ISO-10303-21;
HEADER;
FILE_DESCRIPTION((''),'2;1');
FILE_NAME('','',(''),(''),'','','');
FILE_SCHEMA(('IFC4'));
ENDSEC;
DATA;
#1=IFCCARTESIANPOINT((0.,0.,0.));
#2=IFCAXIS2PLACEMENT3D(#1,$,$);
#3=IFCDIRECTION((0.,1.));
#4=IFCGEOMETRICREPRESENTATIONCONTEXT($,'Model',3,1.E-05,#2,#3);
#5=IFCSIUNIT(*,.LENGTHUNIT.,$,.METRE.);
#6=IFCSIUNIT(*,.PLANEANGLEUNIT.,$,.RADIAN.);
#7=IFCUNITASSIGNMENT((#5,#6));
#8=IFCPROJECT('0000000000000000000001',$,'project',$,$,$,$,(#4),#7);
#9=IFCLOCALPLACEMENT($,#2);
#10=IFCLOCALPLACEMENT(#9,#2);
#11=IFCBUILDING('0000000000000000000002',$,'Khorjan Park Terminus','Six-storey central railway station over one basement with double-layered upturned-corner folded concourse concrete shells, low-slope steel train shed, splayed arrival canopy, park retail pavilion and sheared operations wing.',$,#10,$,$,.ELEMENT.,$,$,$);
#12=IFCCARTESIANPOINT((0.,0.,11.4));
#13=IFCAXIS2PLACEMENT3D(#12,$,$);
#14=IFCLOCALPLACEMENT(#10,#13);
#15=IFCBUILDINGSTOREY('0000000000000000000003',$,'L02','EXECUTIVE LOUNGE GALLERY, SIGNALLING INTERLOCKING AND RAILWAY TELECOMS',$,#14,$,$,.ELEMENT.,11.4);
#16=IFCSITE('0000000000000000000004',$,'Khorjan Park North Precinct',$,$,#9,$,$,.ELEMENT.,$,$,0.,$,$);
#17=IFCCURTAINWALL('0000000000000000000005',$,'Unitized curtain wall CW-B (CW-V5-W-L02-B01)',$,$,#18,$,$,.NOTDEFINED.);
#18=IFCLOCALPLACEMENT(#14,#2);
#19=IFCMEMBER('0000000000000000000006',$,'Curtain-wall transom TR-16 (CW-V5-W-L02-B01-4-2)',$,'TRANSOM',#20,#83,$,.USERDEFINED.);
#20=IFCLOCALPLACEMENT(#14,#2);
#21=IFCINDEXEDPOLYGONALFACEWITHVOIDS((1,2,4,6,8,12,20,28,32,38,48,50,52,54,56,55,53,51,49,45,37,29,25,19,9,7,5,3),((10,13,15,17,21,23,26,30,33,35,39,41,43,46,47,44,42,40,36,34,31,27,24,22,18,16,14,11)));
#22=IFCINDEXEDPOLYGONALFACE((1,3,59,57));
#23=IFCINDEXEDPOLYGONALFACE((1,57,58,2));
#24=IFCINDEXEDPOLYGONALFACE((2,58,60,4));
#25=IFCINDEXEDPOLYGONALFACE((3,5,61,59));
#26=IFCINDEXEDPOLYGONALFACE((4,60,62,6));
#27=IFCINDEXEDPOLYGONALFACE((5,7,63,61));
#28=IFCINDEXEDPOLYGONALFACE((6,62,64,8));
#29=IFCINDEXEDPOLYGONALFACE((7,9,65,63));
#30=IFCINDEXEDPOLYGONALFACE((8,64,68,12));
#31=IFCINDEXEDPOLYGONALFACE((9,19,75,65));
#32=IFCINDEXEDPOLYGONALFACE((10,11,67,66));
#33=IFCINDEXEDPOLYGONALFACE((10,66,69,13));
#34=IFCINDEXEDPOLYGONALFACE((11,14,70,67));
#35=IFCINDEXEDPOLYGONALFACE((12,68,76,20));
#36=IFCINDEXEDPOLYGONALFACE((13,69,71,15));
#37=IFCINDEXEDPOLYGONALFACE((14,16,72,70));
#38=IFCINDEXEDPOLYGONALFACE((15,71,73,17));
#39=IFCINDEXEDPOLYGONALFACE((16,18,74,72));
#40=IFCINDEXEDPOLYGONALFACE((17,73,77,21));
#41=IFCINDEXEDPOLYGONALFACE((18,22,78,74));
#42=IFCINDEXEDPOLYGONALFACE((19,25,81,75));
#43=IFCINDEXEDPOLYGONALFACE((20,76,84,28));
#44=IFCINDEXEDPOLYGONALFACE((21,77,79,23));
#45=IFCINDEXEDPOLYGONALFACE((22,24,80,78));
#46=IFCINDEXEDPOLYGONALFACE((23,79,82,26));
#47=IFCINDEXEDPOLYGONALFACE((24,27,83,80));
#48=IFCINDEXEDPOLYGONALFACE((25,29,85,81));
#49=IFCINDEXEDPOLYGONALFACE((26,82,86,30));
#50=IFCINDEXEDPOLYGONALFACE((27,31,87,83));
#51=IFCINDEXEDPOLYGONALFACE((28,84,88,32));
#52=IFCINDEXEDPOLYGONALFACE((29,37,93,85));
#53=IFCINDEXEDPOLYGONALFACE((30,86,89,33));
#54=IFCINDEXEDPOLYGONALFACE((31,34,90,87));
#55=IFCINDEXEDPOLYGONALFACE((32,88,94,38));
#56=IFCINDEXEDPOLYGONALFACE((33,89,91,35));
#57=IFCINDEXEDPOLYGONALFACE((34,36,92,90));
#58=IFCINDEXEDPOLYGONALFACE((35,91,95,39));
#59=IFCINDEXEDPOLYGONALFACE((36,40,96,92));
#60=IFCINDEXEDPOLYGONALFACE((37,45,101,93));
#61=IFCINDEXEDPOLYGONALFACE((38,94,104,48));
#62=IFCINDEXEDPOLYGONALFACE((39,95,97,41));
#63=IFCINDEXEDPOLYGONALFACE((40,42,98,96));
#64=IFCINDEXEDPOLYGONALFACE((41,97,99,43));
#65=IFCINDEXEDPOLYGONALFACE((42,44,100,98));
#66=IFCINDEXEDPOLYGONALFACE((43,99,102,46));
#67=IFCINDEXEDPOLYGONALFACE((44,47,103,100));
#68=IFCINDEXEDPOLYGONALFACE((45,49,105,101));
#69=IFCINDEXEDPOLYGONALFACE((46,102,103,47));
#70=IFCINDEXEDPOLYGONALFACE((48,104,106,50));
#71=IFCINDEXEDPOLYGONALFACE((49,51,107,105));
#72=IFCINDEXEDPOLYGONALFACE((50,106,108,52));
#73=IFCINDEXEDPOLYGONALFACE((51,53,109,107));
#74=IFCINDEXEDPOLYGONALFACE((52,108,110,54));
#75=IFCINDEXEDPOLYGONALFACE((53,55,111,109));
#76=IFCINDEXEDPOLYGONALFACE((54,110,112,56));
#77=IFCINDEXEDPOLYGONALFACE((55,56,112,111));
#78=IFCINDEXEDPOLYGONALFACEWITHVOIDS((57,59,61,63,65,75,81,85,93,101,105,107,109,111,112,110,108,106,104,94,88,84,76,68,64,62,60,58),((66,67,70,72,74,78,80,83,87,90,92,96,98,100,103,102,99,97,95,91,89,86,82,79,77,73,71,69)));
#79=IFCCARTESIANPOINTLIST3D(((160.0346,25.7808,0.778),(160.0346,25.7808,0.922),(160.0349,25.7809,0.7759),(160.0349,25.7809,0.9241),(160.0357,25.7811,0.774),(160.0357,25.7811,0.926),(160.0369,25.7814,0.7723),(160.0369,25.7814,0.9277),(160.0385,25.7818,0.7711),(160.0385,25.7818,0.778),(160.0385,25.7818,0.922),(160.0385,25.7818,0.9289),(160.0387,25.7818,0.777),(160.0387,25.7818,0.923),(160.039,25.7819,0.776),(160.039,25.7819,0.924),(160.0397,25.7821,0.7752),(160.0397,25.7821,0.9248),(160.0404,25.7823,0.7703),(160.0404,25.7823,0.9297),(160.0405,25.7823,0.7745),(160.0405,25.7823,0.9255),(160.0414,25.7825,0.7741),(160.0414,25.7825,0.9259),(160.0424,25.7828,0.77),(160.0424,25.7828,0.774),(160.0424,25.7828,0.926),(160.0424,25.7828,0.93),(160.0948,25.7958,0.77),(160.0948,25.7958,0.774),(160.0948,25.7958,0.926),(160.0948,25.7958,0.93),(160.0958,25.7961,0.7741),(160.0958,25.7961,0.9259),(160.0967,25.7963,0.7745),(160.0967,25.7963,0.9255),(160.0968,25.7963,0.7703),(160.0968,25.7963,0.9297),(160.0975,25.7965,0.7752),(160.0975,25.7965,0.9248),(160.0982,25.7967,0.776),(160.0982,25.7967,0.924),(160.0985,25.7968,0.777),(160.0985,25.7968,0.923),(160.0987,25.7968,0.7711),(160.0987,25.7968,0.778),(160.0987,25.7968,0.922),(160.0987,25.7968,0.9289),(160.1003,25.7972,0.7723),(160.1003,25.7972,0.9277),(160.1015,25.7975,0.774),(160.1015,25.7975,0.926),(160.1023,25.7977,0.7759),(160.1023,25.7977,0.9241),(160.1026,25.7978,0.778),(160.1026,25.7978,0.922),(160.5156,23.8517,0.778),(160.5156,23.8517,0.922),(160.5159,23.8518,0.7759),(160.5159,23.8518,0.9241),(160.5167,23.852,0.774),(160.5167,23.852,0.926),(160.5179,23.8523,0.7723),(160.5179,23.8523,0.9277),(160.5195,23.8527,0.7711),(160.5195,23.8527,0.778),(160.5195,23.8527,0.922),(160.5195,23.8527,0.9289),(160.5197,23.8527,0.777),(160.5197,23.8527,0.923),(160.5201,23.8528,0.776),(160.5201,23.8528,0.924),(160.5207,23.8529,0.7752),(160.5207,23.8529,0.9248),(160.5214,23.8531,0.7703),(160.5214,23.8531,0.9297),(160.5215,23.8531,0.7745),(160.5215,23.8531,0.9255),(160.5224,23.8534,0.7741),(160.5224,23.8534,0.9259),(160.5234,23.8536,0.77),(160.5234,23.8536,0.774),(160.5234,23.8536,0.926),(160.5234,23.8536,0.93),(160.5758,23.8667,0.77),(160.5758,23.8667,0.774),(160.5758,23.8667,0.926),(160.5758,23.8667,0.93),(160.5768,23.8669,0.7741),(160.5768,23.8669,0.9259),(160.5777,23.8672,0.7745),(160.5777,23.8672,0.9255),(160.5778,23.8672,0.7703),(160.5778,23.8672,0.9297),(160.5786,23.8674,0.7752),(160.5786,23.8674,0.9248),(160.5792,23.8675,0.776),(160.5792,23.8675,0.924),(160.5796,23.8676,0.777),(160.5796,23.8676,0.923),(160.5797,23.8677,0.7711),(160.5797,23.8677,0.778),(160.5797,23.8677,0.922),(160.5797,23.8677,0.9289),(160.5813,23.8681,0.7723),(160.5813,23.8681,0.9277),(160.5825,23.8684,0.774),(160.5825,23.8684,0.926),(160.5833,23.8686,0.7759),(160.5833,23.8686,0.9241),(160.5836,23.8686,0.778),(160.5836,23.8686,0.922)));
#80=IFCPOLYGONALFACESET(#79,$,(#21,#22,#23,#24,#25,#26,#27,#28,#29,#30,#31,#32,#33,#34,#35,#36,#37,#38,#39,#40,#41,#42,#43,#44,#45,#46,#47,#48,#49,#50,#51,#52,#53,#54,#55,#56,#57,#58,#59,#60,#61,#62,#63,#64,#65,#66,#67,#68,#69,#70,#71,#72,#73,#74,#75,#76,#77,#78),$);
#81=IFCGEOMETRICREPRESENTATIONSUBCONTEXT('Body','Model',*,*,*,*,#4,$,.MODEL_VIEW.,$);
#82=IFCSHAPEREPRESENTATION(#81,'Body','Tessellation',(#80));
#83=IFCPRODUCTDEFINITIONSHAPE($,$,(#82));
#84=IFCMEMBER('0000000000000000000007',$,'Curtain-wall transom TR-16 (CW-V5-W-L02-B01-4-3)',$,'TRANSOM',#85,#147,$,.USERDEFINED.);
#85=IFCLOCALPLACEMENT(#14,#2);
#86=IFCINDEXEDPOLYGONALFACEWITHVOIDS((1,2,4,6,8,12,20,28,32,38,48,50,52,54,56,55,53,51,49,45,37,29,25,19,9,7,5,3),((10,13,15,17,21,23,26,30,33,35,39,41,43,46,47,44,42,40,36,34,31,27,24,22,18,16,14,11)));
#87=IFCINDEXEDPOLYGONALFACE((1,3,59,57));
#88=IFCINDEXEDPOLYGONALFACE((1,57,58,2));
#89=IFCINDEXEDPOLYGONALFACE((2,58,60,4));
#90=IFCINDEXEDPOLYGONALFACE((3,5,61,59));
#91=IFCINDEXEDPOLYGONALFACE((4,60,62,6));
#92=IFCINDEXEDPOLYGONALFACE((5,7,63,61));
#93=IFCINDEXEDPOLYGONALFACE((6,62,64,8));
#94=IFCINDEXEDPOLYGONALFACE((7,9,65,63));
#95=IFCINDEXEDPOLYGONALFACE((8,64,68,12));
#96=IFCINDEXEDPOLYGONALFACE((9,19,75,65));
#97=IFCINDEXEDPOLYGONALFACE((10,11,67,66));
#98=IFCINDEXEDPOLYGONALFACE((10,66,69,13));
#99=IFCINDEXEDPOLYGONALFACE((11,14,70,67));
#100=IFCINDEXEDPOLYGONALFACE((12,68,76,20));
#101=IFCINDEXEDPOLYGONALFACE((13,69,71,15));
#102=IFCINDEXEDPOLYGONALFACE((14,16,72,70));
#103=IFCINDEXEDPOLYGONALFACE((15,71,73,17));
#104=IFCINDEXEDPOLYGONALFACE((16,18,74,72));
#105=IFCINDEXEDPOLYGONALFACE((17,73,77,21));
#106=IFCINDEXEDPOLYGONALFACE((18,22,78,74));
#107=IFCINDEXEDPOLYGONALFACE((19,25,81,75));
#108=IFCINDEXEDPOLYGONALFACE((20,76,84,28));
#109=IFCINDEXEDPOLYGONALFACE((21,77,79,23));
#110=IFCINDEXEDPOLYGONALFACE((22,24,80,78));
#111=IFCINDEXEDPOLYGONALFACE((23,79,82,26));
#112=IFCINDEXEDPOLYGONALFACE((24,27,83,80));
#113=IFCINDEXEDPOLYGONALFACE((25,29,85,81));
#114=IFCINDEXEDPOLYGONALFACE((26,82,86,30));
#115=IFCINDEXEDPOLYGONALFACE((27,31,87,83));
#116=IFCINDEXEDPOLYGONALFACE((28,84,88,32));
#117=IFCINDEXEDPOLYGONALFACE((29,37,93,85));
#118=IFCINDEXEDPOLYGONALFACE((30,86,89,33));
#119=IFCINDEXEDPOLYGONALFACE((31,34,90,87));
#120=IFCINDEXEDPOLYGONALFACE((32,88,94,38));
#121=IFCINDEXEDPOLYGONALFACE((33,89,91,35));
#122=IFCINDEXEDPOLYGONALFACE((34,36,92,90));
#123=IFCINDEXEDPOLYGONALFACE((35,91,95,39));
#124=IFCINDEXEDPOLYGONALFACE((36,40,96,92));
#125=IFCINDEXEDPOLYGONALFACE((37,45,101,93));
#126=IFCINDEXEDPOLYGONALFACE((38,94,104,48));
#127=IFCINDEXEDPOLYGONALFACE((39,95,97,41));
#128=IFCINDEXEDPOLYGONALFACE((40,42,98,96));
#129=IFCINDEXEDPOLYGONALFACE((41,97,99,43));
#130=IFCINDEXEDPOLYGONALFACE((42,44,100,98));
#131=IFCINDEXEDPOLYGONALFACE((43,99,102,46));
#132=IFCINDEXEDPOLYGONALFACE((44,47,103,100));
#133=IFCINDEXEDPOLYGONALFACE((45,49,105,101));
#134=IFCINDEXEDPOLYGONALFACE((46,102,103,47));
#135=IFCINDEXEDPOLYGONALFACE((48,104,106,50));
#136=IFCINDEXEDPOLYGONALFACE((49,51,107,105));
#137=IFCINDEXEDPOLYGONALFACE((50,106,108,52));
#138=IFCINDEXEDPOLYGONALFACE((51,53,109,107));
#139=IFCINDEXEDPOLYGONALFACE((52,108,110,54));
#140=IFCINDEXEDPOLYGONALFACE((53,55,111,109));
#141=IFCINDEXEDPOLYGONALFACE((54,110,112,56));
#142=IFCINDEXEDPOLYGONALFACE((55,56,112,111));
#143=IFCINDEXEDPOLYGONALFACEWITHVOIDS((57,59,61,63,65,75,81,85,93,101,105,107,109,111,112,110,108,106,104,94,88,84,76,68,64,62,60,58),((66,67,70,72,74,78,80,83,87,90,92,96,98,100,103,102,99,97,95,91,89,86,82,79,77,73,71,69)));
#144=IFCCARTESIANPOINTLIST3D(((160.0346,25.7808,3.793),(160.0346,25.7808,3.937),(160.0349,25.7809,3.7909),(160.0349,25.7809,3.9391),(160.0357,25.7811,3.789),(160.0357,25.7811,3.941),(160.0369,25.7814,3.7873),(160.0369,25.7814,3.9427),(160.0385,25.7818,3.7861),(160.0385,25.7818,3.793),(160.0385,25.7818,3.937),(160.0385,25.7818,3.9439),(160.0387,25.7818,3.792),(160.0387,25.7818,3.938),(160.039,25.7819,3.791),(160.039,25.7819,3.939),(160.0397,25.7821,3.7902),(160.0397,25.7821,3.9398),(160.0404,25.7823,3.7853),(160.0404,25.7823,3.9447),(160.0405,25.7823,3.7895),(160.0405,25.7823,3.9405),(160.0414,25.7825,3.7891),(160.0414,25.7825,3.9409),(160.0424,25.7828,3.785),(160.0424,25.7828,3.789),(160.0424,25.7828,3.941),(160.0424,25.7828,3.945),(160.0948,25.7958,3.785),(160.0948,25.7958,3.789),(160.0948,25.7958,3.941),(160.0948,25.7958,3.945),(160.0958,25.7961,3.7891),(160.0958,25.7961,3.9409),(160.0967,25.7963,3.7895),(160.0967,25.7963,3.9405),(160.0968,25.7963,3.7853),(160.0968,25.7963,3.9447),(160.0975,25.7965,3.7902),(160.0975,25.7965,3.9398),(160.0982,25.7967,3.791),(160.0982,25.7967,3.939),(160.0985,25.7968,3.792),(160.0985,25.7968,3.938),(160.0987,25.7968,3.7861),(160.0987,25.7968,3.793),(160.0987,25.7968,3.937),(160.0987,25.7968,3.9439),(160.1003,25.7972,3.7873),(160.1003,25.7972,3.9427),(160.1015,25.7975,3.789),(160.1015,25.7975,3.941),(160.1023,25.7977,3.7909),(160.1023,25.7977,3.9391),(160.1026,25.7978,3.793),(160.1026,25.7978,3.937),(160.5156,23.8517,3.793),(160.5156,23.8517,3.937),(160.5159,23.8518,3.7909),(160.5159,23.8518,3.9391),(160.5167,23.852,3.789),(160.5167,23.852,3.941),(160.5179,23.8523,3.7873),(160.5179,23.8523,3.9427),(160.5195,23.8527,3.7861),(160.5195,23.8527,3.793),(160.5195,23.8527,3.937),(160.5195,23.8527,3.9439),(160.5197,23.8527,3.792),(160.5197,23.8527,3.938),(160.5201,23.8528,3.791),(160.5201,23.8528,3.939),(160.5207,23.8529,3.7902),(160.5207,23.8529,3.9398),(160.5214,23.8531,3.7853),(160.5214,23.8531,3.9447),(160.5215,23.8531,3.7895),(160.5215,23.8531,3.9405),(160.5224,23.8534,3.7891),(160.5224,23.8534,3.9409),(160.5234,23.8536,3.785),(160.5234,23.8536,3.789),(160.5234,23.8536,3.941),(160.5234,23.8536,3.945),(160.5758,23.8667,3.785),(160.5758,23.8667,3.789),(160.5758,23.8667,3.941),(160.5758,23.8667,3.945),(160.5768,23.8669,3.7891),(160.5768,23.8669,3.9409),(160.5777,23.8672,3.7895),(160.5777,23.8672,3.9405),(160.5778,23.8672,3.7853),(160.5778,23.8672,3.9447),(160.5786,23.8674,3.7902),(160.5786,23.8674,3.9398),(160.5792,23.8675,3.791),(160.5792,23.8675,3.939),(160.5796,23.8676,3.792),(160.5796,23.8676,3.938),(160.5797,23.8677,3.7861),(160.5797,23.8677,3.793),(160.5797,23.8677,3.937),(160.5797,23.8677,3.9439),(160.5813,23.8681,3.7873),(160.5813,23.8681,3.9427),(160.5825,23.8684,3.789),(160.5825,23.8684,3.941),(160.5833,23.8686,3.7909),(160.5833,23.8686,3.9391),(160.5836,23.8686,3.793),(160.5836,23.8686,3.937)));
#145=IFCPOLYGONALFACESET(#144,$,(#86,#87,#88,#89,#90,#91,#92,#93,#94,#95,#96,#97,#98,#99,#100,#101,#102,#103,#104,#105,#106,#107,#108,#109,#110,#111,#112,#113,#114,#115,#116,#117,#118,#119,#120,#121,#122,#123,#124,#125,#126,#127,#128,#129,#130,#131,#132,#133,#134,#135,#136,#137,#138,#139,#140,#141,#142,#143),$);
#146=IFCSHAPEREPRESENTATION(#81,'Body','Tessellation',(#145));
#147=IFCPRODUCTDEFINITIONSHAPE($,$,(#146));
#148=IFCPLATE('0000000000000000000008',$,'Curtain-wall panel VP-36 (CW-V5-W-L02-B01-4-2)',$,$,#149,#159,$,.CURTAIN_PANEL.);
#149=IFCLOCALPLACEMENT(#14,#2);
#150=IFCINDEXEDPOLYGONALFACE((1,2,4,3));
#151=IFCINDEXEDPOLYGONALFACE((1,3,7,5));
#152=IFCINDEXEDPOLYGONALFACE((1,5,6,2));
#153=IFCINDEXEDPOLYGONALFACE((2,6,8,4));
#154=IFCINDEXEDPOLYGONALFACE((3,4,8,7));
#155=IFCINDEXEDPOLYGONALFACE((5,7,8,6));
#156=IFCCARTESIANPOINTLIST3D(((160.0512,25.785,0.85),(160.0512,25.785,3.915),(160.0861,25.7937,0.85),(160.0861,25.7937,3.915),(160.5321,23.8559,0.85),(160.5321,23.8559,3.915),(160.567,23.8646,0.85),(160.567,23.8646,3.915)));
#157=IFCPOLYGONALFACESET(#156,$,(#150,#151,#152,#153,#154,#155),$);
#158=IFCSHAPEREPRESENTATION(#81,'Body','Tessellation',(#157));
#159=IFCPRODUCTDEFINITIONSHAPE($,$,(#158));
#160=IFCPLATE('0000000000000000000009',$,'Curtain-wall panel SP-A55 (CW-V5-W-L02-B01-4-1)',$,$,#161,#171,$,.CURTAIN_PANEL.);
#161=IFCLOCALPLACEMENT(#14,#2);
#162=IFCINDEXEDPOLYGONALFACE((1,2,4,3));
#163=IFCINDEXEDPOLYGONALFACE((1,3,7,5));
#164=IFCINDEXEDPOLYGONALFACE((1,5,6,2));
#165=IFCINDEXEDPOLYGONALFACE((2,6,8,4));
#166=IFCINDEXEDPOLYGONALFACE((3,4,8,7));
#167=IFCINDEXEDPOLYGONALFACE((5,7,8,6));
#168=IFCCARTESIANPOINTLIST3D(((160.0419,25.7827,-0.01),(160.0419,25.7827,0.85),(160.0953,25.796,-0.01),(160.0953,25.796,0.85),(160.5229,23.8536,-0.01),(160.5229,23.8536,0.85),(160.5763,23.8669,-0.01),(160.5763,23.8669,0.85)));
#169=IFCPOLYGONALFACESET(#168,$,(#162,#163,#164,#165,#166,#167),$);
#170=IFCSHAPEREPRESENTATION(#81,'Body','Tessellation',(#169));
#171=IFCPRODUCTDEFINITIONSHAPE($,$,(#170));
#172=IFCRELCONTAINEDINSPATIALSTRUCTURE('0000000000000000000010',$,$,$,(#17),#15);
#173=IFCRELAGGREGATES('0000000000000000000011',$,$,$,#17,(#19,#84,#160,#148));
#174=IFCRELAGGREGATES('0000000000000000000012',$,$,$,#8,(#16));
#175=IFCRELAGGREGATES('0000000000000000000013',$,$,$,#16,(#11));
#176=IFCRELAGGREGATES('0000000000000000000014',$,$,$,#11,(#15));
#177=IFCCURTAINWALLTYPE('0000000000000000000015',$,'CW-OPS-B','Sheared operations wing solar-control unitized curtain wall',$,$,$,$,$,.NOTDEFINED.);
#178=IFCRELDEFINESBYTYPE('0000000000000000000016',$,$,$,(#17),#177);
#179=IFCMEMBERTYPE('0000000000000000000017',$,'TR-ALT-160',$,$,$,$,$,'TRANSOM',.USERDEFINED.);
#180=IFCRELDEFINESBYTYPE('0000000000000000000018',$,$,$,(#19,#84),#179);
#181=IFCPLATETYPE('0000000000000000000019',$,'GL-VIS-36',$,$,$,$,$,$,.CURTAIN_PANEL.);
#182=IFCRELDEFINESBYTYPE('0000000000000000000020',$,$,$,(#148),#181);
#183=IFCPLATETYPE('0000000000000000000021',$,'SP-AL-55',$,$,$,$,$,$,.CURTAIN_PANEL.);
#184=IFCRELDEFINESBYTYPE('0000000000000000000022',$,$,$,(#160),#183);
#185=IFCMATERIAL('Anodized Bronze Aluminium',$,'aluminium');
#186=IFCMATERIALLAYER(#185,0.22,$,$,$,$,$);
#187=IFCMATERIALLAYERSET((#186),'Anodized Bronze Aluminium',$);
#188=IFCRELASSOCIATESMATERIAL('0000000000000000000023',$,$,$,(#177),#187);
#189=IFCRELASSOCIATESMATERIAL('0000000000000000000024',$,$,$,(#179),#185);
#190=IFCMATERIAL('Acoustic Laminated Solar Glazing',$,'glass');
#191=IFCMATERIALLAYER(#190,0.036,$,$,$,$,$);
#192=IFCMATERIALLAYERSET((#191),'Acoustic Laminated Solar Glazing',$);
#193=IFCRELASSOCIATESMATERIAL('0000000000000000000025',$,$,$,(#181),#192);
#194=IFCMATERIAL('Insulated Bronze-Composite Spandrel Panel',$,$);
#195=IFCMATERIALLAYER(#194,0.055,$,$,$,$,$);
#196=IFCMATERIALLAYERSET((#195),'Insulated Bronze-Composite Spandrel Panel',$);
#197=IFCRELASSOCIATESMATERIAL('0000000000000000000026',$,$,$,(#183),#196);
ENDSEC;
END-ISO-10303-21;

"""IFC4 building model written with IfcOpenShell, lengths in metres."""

from ifc_helpers import new_model, si_unit, direction, frame, origin, origin_2d, place, context, subcontext, project, spatial, rectangle, hollow_rectangle, extrude, material, layer, layer_set, material_profile, profile_set, type_object, element, aggregate, save


model = new_model("IFC4")

# Units and contexts
model_context = context("Model", 3, precision=1e-05, world=origin(), true_north=direction((0.0, 1.0)))
body_context = subcontext(model_context, "Body", "Model", "MODEL_VIEW")
ifc_project = project(units=[si_unit("LENGTHUNIT", "METRE"), si_unit("PLANEANGLEUNIT", "RADIAN")], contexts=[model_context])

# Site, building, storey
site_placement = place(None, origin())
site = spatial("IfcSite", under=ifc_project, at=site_placement, Name="Khorjan Park North Precinct", CompositionType="ELEMENT", RefElevation=0.0)
building_placement = place(site_placement, origin())
building = spatial("IfcBuilding", under=site, at=building_placement, Name="Khorjan Park Terminus", Description="Six-storey central railway station over one basement with double-layered upturned-corner folded concourse concrete shells, low-slope steel train shed, splayed arrival canopy, park retail pavilion and sheared operations wing.", CompositionType="ELEMENT")
storey_placement = place(building_placement, frame((0.0, 0.0, 11.4)))
storey = spatial("IfcBuildingStorey", under=building, at=storey_placement, Name="L02", Description="EXECUTIVE LOUNGE GALLERY, SIGNALLING INTERLOCKING AND RAILWAY TELECOMS", CompositionType="ELEMENT", Elevation=11.4)

# Curtain wall, members, plates
ifc_material_1 = material(Name="Anodized Bronze Aluminium", Category="aluminium")
ifc_layer_1 = layer(ifc_material_1, 0.22)
ifc_layer_set_1 = layer_set([ifc_layer_1], Name="Anodized Bronze Aluminium")
curtain_wall_type = type_object("IfcCurtainWallType", Name="CW-OPS-B", Description="Sheared operations wing solar-control unitized curtain wall", PredefinedType="NOTDEFINED", material=ifc_layer_set_1)
curtain_wall_placement = place(storey_placement, origin())
curtain_wall = element("IfcCurtainWall", 1, at=curtain_wall_placement, inside=storey, type_object=curtain_wall_type, Name="Unitized curtain wall CW-B (CW-V5-W-L02-B01)", PredefinedType="NOTDEFINED")
ifc_material_profile_1 = material_profile(ifc_material_1, hollow_rectangle(XDim=0.07, YDim=0.16, WallThickness=0.004, InnerFilletRadius=0.004, OuterFilletRadius=0.008, at=origin_2d()), Name="ALT 70x160x4")
ifc_profile_set_1 = profile_set([ifc_material_profile_1], Name="Anodized Bronze Aluminium")
member_type_1 = type_object("IfcMemberType", Name="TR-ALT-160", ElementType="TRANSOM", PredefinedType="USERDEFINED", material=ifc_profile_set_1)
member_1_placement = place(storey_placement, frame((160.0686, 25.7893, 0.85), z_axis=(0.241932, -0.970293, 0.0), x_axis=(0.970293, 0.241932, 0.0)))
member_1 = element("IfcMember", 2, at=member_1_placement, type_object=member_type_1, Name="Curtain-wall transom TR-16 (CW-V5-W-L02-B01-4-2)", ObjectType="TRANSOM", PredefinedType="USERDEFINED", context=body_context, shape_type="SweptSolid", body=[
    extrude(hollow_rectangle(XDim=0.07, YDim=0.16, WallThickness=0.004, InnerFilletRadius=0.004, OuterFilletRadius=0.008, at=origin_2d()), origin(), (0.0, 0.0, 1.0), 1.9882),
])
member_2_placement = place(storey_placement, frame((160.0686, 25.7893, 3.865), z_axis=(0.241932, -0.970293, 0.0), x_axis=(0.970293, 0.241932, 0.0)))
member_2 = element("IfcMember", 3, at=member_2_placement, type_object=member_type_1, Name="Curtain-wall transom TR-16 (CW-V5-W-L02-B01-4-3)", ObjectType="TRANSOM", PredefinedType="USERDEFINED", context=body_context, shape_type="SweptSolid", body=[
    extrude(hollow_rectangle(XDim=0.07, YDim=0.16, WallThickness=0.004, InnerFilletRadius=0.004, OuterFilletRadius=0.008, at=origin_2d()), origin(), (0.0, 0.0, 1.0), 1.9882),
])
ifc_material_2 = material(Name="Acoustic Laminated Solar Glazing", Category="glass")
ifc_layer_2 = layer(ifc_material_2, 0.036)
ifc_layer_set_2 = layer_set([ifc_layer_2], Name="Acoustic Laminated Solar Glazing")
plate_type_1 = type_object("IfcPlateType", Name="GL-VIS-36", PredefinedType="CURTAIN_PANEL", material=ifc_layer_set_2)
plate_1_placement = place(storey_placement, frame((160.3091, 24.8248, 0.85), z_axis=(0.0, 0.0, 1.0), x_axis=(0.241915, -0.970297, 0.0)))
plate_1 = element("IfcPlate", 4, at=plate_1_placement, type_object=plate_type_1, Name="Curtain-wall panel VP-36 (CW-V5-W-L02-B01-4-2)", PredefinedType="CURTAIN_PANEL", context=body_context, shape_type="SweptSolid", body=[
    extrude(rectangle(XDim=1.9881, YDim=0.036, at=origin_2d()), origin(), (0.0, 0.0, 1.0), 3.065),
])
ifc_material_3 = material(Name="Insulated Bronze-Composite Spandrel Panel")
ifc_layer_3 = layer(ifc_material_3, 0.055)
ifc_layer_set_3 = layer_set([ifc_layer_3], Name="Insulated Bronze-Composite Spandrel Panel")
plate_type_2 = type_object("IfcPlateType", Name="SP-AL-55", PredefinedType="CURTAIN_PANEL", material=ifc_layer_set_3)
plate_2_placement = place(storey_placement, frame((160.3091, 24.8248, -0.01), z_axis=(0.0, 0.0, 1.0), x_axis=(0.241915, -0.970297, 0.0)))
plate_2 = element("IfcPlate", 5, at=plate_2_placement, type_object=plate_type_2, Name="Curtain-wall panel SP-A55 (CW-V5-W-L02-B01-4-1)", PredefinedType="CURTAIN_PANEL", context=body_context, shape_type="SweptSolid", body=[
    extrude(rectangle(XDim=1.9881, YDim=0.055, at=origin_2d()), origin(), (0.0, 0.0, 1.0), 0.86),
])
aggregate(curtain_wall, [member_1, member_2, plate_2, plate_1])

save(model, "model.ifc")
